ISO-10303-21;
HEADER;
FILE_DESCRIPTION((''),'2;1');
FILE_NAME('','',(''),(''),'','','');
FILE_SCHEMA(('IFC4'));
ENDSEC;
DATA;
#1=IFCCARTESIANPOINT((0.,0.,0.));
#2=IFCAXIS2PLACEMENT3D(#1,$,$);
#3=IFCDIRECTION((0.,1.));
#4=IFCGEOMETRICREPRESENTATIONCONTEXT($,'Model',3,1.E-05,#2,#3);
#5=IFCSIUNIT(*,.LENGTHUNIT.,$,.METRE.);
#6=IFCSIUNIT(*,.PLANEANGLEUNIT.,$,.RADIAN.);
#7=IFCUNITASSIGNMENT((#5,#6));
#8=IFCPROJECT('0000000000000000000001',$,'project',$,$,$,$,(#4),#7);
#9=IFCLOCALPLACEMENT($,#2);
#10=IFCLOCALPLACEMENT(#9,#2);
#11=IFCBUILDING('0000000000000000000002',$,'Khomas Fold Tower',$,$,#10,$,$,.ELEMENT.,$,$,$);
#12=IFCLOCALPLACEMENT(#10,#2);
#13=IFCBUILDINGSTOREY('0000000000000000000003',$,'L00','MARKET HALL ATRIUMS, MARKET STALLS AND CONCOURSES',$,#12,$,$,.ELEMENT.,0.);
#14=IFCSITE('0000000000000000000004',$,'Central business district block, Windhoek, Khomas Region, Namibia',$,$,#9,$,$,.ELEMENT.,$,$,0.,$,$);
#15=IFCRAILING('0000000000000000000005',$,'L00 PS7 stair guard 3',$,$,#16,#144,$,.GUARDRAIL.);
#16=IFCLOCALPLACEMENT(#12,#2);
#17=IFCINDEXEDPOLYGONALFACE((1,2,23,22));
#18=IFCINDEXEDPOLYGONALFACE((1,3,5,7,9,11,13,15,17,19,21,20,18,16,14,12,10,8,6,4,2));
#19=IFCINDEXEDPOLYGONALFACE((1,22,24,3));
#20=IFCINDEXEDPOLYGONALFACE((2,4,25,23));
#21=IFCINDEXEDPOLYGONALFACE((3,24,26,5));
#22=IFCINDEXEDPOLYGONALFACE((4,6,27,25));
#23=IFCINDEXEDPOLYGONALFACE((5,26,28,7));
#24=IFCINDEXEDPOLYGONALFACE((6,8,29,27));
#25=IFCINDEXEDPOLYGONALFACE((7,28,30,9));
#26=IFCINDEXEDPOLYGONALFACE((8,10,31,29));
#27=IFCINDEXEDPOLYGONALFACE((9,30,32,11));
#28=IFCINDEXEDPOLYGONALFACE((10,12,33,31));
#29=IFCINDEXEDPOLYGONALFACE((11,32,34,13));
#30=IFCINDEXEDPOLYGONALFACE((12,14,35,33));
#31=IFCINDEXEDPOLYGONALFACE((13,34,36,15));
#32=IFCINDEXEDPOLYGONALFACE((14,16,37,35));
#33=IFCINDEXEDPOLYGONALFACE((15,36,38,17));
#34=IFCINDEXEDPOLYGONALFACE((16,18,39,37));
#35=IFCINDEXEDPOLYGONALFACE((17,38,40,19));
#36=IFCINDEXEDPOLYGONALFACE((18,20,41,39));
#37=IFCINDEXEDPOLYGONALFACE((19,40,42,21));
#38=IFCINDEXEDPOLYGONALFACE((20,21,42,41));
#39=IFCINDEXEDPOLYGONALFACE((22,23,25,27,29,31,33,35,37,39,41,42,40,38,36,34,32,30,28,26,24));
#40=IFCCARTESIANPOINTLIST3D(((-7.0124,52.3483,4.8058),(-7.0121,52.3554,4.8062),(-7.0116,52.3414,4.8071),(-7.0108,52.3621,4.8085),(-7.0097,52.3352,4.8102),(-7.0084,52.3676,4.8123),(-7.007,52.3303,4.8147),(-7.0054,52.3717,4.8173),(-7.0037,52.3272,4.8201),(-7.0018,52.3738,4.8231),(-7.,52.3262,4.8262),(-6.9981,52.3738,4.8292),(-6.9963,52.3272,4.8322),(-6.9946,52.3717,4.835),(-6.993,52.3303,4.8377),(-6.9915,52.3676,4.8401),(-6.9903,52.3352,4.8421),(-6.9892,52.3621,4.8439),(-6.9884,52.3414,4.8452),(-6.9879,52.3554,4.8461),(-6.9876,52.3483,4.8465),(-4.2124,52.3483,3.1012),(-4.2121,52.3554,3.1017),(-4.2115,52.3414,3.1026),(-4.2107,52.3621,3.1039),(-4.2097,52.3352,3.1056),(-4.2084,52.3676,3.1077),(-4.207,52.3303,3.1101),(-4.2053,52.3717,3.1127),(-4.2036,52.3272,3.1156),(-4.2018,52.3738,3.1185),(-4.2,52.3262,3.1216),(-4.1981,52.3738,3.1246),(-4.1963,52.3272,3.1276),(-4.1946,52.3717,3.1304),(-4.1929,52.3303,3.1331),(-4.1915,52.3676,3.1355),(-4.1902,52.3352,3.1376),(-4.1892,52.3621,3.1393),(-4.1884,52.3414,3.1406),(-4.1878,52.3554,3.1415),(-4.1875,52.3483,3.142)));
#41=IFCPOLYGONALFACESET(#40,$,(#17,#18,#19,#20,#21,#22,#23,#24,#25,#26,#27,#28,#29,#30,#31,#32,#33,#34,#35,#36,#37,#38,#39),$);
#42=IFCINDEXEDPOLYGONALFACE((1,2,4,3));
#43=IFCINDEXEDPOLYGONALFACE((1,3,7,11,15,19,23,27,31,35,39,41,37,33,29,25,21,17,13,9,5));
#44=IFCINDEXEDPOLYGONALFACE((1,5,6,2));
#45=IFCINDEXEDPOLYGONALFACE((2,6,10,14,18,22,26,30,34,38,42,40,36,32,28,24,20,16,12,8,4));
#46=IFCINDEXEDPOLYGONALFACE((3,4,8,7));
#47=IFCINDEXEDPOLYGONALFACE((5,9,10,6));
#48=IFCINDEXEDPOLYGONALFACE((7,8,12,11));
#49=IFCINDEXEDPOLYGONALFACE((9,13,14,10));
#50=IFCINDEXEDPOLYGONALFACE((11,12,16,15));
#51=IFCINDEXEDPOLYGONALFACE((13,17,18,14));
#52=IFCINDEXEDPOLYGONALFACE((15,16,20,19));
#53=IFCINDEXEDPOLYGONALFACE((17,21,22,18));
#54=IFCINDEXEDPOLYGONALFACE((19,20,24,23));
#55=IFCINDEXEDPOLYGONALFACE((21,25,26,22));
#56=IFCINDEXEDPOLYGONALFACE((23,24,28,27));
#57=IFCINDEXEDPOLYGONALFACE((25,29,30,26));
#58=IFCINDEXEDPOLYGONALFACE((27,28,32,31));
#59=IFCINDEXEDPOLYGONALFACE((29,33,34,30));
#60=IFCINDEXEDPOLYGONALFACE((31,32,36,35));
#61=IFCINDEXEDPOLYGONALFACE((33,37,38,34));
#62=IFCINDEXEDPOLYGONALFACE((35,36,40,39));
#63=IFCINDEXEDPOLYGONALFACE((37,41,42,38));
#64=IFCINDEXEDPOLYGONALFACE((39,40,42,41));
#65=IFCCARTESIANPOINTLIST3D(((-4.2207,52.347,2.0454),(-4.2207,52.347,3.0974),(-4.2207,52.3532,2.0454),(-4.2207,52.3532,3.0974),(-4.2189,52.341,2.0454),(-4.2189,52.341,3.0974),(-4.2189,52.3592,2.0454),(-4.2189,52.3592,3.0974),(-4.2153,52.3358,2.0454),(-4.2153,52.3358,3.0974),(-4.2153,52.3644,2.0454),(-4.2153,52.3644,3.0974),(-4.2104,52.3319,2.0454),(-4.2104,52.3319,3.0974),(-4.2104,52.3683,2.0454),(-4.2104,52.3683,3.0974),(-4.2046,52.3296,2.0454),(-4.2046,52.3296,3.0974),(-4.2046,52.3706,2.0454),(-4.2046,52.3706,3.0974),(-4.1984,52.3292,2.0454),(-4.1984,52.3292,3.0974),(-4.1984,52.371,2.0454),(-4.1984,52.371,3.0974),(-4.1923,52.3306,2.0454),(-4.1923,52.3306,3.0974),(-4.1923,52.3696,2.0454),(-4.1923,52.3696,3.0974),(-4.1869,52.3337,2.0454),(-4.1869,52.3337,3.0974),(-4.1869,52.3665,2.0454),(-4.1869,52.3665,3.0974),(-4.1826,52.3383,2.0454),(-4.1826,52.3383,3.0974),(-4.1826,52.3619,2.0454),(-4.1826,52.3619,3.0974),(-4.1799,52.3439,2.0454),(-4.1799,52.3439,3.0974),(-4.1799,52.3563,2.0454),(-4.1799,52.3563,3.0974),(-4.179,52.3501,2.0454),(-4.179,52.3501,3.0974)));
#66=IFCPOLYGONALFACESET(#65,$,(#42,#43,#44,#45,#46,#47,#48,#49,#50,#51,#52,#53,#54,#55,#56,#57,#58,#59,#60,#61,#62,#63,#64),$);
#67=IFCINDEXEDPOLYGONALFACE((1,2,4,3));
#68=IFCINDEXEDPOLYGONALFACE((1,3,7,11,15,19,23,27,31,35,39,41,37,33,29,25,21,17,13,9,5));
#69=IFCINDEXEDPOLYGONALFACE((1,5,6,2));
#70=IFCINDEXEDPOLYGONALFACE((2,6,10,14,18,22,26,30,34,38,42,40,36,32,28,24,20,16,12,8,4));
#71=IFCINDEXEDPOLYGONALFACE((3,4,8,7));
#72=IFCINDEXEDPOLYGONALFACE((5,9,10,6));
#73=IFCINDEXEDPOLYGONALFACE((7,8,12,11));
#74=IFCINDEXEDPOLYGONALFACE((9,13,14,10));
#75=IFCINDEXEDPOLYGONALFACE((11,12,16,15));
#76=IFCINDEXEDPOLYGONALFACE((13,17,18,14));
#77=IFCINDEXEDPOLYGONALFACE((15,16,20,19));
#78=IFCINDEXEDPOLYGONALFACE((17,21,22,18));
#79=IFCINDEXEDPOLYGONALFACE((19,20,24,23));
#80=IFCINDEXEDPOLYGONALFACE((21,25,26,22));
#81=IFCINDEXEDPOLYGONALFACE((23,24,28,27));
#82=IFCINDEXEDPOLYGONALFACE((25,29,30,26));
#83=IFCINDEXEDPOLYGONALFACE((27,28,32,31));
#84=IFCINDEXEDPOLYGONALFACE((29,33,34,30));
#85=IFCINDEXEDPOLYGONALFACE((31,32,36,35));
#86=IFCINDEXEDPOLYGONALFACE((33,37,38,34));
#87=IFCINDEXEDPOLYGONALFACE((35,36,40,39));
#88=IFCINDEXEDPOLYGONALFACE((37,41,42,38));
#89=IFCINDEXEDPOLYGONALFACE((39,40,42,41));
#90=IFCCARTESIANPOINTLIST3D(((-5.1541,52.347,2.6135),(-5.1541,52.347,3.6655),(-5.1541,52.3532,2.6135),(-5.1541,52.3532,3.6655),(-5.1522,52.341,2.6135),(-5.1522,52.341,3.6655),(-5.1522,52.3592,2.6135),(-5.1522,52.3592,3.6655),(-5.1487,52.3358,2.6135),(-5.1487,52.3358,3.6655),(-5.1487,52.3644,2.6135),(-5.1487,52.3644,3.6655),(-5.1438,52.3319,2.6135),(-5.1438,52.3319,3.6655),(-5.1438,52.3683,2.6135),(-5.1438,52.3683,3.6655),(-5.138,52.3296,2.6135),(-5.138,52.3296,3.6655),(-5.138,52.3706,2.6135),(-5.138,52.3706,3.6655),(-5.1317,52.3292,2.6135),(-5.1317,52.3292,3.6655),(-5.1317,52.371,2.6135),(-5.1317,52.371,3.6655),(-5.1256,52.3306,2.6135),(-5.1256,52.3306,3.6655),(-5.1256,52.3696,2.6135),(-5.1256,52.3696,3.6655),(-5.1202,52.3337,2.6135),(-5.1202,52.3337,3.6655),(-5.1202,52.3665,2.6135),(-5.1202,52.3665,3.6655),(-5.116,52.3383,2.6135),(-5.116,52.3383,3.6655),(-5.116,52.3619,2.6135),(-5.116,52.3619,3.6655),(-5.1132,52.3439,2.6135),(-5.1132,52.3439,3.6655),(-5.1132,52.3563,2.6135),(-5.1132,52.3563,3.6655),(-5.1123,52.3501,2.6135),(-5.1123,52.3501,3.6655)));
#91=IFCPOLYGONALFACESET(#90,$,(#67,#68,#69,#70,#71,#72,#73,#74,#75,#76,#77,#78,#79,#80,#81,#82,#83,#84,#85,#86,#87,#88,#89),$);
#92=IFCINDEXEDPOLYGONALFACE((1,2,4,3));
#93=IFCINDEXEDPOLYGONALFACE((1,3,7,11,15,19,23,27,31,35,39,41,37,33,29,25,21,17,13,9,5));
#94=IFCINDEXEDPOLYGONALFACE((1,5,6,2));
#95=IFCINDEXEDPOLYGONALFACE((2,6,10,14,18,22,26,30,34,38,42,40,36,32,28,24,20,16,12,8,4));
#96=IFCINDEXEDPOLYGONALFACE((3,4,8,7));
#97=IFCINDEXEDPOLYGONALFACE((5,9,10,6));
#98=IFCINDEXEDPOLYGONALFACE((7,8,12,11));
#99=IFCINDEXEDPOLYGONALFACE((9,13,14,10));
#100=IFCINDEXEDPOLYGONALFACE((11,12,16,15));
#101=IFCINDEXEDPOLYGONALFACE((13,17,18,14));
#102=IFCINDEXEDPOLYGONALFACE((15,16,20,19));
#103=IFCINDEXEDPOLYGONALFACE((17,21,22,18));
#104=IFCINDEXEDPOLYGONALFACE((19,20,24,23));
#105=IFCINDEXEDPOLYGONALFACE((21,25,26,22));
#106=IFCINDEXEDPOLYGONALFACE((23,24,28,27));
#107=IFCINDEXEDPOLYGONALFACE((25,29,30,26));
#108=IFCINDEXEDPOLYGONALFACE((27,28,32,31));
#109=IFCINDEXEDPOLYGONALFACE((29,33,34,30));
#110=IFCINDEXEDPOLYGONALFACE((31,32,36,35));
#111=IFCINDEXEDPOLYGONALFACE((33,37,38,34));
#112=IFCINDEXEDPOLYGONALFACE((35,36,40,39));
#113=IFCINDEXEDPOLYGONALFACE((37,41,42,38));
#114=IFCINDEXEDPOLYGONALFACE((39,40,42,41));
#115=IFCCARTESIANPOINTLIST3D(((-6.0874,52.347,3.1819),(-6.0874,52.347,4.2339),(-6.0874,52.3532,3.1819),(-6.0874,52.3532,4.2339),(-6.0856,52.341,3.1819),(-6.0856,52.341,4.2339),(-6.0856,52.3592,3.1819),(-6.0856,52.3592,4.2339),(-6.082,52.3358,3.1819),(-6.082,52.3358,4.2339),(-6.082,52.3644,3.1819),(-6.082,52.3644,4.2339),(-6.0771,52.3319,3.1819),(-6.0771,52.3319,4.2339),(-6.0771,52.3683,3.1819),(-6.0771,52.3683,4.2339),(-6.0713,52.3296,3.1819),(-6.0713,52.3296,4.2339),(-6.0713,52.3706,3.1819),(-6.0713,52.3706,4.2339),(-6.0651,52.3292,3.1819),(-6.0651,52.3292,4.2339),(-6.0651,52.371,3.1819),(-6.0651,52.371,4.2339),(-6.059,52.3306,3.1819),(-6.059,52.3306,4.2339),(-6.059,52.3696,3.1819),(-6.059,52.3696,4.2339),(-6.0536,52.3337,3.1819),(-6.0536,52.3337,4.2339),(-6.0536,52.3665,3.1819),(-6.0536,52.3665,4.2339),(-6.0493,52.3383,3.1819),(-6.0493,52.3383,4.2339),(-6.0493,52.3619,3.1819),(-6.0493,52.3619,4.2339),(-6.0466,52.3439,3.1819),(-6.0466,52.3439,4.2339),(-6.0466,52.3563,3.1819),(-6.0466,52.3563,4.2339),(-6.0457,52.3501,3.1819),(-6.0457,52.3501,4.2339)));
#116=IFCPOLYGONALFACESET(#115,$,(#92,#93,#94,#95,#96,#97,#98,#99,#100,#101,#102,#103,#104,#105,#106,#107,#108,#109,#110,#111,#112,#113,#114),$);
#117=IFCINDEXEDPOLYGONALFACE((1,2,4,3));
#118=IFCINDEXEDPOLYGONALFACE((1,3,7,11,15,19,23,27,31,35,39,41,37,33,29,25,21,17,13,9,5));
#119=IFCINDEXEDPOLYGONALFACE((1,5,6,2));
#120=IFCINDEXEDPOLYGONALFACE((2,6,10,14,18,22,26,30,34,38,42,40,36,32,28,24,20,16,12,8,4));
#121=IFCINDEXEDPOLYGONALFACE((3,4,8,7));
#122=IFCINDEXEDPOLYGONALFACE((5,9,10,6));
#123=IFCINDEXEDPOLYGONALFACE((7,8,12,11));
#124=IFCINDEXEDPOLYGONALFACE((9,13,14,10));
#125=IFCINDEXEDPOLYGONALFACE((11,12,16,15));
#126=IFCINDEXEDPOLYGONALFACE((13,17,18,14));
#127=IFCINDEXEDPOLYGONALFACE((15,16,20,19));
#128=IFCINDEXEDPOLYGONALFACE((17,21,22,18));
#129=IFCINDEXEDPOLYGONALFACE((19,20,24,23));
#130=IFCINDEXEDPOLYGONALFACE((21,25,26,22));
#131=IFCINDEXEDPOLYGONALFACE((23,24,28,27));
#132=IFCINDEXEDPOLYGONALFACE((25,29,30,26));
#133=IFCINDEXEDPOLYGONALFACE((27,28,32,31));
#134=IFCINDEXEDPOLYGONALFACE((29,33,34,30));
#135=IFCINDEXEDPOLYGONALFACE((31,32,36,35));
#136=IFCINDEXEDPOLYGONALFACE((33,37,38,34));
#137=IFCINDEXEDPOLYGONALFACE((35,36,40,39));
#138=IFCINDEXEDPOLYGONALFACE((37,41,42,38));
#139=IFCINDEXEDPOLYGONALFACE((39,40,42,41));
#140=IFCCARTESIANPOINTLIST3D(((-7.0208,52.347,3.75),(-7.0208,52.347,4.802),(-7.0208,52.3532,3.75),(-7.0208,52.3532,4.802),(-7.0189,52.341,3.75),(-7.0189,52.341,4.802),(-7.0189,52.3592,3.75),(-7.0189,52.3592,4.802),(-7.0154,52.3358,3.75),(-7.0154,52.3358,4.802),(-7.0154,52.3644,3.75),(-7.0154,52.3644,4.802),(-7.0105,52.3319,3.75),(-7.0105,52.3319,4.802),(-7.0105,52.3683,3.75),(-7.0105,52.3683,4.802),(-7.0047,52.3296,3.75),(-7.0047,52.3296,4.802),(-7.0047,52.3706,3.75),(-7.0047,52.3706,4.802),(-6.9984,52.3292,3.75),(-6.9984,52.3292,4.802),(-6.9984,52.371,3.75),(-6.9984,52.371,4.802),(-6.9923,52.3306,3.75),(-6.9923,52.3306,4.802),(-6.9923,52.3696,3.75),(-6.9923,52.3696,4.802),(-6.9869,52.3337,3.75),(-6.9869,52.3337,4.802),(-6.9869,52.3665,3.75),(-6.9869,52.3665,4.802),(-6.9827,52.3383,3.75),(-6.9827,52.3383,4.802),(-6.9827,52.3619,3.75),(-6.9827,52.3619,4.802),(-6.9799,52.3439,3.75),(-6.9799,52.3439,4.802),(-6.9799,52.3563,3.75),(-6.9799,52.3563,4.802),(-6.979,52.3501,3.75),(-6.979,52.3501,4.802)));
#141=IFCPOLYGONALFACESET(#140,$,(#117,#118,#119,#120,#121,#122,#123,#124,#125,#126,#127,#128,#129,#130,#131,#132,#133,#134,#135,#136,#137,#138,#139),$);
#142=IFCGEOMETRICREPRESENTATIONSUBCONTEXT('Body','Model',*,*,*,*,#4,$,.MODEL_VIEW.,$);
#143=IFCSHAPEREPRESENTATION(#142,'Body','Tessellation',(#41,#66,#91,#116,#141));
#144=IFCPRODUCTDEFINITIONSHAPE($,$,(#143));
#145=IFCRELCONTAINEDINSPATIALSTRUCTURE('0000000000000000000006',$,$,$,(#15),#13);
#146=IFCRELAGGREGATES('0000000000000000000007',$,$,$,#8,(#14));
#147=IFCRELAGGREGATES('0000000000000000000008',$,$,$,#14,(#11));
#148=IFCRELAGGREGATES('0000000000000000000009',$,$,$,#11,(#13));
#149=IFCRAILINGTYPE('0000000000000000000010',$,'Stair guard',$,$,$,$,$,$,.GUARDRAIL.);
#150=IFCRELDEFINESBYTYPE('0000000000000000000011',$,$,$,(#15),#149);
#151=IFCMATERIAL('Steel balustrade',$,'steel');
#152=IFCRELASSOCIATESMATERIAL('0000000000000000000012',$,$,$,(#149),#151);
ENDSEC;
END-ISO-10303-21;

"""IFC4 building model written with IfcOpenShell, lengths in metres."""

from ifc_helpers import new_model, si_unit, direction, frame, origin, origin_2d, place, context, subcontext, project, spatial, circle, extrude, source, transform, mapped, material, type_object, element, save


model = new_model("IFC4")

# Units and contexts
model_context = context("Model", 3, precision=1e-05, world=origin(), true_north=direction((0.0, 1.0)))
body_context = subcontext(model_context, "Body", "Model", "MODEL_VIEW")
ifc_project = project(units=[si_unit("LENGTHUNIT", "METRE"), si_unit("PLANEANGLEUNIT", "RADIAN")], contexts=[model_context])

# Site, building, storey
site_placement = place(None, origin())
site = spatial("IfcSite", under=ifc_project, at=site_placement, Name="Central business district block, Windhoek, Khomas Region, Namibia", CompositionType="ELEMENT", RefElevation=0.0)
building_placement = place(site_placement, origin())
building = spatial("IfcBuilding", under=site, at=building_placement, Name="Khomas Fold Tower", CompositionType="ELEMENT")
storey_placement = place(building_placement, origin())
storey = spatial("IfcBuildingStorey", under=building, at=storey_placement, Name="L00", Description="MARKET HALL ATRIUMS, MARKET STALLS AND CONCOURSES", CompositionType="ELEMENT", Elevation=0.0)

# Railing
ifc_material_1 = material(Name="Steel balustrade", Category="steel")
railing_type_1 = type_object("IfcRailingType", Name="Stair guard", PredefinedType="GUARDRAIL", material=ifc_material_1)
shared_shape_1 = source(origin(), body_context, "Body", "SweptSolid", [
    extrude(circle(Radius=0.0239, at=origin_2d()), frame((0.0, 0.0, 1.0762), z_axis=(-0.85417, 0.0, 0.519994), x_axis=(0.0, -1.0, 0.0)), (0.0, 0.0, 1.0), 3.2781),
    extrude(circle(Radius=0.021, at=origin_2d()), origin(), (0.0, 0.0, 1.0), 1.052),
    extrude(circle(Radius=0.021, at=origin_2d()), frame((-0.9333, 0.0, 0.5681)), (0.0, 0.0, 1.0), 1.052),
    extrude(circle(Radius=0.021, at=origin_2d()), frame((-1.8667, 0.0, 1.1365)), (0.0, 0.0, 1.0), 1.052),
    extrude(circle(Radius=0.021, at=origin_2d()), frame((-2.8, 0.0, 1.7046)), (0.0, 0.0, 1.0), 1.052),
])
for number, where, name in (
    (1, (-4.2, 52.3501, 2.0454), "L00 PS7 stair guard 3"),
):
    element("IfcRailing", number, at=place(storey_placement, frame(where)), inside=storey, type_object=railing_type_1, Name=name, PredefinedType="GUARDRAIL", context=body_context, shape_type="MappedRepresentation", body=[
        mapped(shared_shape_1, transform((0.0, 0.0, 0.0))),
    ])

save(model, "model.ifc")
